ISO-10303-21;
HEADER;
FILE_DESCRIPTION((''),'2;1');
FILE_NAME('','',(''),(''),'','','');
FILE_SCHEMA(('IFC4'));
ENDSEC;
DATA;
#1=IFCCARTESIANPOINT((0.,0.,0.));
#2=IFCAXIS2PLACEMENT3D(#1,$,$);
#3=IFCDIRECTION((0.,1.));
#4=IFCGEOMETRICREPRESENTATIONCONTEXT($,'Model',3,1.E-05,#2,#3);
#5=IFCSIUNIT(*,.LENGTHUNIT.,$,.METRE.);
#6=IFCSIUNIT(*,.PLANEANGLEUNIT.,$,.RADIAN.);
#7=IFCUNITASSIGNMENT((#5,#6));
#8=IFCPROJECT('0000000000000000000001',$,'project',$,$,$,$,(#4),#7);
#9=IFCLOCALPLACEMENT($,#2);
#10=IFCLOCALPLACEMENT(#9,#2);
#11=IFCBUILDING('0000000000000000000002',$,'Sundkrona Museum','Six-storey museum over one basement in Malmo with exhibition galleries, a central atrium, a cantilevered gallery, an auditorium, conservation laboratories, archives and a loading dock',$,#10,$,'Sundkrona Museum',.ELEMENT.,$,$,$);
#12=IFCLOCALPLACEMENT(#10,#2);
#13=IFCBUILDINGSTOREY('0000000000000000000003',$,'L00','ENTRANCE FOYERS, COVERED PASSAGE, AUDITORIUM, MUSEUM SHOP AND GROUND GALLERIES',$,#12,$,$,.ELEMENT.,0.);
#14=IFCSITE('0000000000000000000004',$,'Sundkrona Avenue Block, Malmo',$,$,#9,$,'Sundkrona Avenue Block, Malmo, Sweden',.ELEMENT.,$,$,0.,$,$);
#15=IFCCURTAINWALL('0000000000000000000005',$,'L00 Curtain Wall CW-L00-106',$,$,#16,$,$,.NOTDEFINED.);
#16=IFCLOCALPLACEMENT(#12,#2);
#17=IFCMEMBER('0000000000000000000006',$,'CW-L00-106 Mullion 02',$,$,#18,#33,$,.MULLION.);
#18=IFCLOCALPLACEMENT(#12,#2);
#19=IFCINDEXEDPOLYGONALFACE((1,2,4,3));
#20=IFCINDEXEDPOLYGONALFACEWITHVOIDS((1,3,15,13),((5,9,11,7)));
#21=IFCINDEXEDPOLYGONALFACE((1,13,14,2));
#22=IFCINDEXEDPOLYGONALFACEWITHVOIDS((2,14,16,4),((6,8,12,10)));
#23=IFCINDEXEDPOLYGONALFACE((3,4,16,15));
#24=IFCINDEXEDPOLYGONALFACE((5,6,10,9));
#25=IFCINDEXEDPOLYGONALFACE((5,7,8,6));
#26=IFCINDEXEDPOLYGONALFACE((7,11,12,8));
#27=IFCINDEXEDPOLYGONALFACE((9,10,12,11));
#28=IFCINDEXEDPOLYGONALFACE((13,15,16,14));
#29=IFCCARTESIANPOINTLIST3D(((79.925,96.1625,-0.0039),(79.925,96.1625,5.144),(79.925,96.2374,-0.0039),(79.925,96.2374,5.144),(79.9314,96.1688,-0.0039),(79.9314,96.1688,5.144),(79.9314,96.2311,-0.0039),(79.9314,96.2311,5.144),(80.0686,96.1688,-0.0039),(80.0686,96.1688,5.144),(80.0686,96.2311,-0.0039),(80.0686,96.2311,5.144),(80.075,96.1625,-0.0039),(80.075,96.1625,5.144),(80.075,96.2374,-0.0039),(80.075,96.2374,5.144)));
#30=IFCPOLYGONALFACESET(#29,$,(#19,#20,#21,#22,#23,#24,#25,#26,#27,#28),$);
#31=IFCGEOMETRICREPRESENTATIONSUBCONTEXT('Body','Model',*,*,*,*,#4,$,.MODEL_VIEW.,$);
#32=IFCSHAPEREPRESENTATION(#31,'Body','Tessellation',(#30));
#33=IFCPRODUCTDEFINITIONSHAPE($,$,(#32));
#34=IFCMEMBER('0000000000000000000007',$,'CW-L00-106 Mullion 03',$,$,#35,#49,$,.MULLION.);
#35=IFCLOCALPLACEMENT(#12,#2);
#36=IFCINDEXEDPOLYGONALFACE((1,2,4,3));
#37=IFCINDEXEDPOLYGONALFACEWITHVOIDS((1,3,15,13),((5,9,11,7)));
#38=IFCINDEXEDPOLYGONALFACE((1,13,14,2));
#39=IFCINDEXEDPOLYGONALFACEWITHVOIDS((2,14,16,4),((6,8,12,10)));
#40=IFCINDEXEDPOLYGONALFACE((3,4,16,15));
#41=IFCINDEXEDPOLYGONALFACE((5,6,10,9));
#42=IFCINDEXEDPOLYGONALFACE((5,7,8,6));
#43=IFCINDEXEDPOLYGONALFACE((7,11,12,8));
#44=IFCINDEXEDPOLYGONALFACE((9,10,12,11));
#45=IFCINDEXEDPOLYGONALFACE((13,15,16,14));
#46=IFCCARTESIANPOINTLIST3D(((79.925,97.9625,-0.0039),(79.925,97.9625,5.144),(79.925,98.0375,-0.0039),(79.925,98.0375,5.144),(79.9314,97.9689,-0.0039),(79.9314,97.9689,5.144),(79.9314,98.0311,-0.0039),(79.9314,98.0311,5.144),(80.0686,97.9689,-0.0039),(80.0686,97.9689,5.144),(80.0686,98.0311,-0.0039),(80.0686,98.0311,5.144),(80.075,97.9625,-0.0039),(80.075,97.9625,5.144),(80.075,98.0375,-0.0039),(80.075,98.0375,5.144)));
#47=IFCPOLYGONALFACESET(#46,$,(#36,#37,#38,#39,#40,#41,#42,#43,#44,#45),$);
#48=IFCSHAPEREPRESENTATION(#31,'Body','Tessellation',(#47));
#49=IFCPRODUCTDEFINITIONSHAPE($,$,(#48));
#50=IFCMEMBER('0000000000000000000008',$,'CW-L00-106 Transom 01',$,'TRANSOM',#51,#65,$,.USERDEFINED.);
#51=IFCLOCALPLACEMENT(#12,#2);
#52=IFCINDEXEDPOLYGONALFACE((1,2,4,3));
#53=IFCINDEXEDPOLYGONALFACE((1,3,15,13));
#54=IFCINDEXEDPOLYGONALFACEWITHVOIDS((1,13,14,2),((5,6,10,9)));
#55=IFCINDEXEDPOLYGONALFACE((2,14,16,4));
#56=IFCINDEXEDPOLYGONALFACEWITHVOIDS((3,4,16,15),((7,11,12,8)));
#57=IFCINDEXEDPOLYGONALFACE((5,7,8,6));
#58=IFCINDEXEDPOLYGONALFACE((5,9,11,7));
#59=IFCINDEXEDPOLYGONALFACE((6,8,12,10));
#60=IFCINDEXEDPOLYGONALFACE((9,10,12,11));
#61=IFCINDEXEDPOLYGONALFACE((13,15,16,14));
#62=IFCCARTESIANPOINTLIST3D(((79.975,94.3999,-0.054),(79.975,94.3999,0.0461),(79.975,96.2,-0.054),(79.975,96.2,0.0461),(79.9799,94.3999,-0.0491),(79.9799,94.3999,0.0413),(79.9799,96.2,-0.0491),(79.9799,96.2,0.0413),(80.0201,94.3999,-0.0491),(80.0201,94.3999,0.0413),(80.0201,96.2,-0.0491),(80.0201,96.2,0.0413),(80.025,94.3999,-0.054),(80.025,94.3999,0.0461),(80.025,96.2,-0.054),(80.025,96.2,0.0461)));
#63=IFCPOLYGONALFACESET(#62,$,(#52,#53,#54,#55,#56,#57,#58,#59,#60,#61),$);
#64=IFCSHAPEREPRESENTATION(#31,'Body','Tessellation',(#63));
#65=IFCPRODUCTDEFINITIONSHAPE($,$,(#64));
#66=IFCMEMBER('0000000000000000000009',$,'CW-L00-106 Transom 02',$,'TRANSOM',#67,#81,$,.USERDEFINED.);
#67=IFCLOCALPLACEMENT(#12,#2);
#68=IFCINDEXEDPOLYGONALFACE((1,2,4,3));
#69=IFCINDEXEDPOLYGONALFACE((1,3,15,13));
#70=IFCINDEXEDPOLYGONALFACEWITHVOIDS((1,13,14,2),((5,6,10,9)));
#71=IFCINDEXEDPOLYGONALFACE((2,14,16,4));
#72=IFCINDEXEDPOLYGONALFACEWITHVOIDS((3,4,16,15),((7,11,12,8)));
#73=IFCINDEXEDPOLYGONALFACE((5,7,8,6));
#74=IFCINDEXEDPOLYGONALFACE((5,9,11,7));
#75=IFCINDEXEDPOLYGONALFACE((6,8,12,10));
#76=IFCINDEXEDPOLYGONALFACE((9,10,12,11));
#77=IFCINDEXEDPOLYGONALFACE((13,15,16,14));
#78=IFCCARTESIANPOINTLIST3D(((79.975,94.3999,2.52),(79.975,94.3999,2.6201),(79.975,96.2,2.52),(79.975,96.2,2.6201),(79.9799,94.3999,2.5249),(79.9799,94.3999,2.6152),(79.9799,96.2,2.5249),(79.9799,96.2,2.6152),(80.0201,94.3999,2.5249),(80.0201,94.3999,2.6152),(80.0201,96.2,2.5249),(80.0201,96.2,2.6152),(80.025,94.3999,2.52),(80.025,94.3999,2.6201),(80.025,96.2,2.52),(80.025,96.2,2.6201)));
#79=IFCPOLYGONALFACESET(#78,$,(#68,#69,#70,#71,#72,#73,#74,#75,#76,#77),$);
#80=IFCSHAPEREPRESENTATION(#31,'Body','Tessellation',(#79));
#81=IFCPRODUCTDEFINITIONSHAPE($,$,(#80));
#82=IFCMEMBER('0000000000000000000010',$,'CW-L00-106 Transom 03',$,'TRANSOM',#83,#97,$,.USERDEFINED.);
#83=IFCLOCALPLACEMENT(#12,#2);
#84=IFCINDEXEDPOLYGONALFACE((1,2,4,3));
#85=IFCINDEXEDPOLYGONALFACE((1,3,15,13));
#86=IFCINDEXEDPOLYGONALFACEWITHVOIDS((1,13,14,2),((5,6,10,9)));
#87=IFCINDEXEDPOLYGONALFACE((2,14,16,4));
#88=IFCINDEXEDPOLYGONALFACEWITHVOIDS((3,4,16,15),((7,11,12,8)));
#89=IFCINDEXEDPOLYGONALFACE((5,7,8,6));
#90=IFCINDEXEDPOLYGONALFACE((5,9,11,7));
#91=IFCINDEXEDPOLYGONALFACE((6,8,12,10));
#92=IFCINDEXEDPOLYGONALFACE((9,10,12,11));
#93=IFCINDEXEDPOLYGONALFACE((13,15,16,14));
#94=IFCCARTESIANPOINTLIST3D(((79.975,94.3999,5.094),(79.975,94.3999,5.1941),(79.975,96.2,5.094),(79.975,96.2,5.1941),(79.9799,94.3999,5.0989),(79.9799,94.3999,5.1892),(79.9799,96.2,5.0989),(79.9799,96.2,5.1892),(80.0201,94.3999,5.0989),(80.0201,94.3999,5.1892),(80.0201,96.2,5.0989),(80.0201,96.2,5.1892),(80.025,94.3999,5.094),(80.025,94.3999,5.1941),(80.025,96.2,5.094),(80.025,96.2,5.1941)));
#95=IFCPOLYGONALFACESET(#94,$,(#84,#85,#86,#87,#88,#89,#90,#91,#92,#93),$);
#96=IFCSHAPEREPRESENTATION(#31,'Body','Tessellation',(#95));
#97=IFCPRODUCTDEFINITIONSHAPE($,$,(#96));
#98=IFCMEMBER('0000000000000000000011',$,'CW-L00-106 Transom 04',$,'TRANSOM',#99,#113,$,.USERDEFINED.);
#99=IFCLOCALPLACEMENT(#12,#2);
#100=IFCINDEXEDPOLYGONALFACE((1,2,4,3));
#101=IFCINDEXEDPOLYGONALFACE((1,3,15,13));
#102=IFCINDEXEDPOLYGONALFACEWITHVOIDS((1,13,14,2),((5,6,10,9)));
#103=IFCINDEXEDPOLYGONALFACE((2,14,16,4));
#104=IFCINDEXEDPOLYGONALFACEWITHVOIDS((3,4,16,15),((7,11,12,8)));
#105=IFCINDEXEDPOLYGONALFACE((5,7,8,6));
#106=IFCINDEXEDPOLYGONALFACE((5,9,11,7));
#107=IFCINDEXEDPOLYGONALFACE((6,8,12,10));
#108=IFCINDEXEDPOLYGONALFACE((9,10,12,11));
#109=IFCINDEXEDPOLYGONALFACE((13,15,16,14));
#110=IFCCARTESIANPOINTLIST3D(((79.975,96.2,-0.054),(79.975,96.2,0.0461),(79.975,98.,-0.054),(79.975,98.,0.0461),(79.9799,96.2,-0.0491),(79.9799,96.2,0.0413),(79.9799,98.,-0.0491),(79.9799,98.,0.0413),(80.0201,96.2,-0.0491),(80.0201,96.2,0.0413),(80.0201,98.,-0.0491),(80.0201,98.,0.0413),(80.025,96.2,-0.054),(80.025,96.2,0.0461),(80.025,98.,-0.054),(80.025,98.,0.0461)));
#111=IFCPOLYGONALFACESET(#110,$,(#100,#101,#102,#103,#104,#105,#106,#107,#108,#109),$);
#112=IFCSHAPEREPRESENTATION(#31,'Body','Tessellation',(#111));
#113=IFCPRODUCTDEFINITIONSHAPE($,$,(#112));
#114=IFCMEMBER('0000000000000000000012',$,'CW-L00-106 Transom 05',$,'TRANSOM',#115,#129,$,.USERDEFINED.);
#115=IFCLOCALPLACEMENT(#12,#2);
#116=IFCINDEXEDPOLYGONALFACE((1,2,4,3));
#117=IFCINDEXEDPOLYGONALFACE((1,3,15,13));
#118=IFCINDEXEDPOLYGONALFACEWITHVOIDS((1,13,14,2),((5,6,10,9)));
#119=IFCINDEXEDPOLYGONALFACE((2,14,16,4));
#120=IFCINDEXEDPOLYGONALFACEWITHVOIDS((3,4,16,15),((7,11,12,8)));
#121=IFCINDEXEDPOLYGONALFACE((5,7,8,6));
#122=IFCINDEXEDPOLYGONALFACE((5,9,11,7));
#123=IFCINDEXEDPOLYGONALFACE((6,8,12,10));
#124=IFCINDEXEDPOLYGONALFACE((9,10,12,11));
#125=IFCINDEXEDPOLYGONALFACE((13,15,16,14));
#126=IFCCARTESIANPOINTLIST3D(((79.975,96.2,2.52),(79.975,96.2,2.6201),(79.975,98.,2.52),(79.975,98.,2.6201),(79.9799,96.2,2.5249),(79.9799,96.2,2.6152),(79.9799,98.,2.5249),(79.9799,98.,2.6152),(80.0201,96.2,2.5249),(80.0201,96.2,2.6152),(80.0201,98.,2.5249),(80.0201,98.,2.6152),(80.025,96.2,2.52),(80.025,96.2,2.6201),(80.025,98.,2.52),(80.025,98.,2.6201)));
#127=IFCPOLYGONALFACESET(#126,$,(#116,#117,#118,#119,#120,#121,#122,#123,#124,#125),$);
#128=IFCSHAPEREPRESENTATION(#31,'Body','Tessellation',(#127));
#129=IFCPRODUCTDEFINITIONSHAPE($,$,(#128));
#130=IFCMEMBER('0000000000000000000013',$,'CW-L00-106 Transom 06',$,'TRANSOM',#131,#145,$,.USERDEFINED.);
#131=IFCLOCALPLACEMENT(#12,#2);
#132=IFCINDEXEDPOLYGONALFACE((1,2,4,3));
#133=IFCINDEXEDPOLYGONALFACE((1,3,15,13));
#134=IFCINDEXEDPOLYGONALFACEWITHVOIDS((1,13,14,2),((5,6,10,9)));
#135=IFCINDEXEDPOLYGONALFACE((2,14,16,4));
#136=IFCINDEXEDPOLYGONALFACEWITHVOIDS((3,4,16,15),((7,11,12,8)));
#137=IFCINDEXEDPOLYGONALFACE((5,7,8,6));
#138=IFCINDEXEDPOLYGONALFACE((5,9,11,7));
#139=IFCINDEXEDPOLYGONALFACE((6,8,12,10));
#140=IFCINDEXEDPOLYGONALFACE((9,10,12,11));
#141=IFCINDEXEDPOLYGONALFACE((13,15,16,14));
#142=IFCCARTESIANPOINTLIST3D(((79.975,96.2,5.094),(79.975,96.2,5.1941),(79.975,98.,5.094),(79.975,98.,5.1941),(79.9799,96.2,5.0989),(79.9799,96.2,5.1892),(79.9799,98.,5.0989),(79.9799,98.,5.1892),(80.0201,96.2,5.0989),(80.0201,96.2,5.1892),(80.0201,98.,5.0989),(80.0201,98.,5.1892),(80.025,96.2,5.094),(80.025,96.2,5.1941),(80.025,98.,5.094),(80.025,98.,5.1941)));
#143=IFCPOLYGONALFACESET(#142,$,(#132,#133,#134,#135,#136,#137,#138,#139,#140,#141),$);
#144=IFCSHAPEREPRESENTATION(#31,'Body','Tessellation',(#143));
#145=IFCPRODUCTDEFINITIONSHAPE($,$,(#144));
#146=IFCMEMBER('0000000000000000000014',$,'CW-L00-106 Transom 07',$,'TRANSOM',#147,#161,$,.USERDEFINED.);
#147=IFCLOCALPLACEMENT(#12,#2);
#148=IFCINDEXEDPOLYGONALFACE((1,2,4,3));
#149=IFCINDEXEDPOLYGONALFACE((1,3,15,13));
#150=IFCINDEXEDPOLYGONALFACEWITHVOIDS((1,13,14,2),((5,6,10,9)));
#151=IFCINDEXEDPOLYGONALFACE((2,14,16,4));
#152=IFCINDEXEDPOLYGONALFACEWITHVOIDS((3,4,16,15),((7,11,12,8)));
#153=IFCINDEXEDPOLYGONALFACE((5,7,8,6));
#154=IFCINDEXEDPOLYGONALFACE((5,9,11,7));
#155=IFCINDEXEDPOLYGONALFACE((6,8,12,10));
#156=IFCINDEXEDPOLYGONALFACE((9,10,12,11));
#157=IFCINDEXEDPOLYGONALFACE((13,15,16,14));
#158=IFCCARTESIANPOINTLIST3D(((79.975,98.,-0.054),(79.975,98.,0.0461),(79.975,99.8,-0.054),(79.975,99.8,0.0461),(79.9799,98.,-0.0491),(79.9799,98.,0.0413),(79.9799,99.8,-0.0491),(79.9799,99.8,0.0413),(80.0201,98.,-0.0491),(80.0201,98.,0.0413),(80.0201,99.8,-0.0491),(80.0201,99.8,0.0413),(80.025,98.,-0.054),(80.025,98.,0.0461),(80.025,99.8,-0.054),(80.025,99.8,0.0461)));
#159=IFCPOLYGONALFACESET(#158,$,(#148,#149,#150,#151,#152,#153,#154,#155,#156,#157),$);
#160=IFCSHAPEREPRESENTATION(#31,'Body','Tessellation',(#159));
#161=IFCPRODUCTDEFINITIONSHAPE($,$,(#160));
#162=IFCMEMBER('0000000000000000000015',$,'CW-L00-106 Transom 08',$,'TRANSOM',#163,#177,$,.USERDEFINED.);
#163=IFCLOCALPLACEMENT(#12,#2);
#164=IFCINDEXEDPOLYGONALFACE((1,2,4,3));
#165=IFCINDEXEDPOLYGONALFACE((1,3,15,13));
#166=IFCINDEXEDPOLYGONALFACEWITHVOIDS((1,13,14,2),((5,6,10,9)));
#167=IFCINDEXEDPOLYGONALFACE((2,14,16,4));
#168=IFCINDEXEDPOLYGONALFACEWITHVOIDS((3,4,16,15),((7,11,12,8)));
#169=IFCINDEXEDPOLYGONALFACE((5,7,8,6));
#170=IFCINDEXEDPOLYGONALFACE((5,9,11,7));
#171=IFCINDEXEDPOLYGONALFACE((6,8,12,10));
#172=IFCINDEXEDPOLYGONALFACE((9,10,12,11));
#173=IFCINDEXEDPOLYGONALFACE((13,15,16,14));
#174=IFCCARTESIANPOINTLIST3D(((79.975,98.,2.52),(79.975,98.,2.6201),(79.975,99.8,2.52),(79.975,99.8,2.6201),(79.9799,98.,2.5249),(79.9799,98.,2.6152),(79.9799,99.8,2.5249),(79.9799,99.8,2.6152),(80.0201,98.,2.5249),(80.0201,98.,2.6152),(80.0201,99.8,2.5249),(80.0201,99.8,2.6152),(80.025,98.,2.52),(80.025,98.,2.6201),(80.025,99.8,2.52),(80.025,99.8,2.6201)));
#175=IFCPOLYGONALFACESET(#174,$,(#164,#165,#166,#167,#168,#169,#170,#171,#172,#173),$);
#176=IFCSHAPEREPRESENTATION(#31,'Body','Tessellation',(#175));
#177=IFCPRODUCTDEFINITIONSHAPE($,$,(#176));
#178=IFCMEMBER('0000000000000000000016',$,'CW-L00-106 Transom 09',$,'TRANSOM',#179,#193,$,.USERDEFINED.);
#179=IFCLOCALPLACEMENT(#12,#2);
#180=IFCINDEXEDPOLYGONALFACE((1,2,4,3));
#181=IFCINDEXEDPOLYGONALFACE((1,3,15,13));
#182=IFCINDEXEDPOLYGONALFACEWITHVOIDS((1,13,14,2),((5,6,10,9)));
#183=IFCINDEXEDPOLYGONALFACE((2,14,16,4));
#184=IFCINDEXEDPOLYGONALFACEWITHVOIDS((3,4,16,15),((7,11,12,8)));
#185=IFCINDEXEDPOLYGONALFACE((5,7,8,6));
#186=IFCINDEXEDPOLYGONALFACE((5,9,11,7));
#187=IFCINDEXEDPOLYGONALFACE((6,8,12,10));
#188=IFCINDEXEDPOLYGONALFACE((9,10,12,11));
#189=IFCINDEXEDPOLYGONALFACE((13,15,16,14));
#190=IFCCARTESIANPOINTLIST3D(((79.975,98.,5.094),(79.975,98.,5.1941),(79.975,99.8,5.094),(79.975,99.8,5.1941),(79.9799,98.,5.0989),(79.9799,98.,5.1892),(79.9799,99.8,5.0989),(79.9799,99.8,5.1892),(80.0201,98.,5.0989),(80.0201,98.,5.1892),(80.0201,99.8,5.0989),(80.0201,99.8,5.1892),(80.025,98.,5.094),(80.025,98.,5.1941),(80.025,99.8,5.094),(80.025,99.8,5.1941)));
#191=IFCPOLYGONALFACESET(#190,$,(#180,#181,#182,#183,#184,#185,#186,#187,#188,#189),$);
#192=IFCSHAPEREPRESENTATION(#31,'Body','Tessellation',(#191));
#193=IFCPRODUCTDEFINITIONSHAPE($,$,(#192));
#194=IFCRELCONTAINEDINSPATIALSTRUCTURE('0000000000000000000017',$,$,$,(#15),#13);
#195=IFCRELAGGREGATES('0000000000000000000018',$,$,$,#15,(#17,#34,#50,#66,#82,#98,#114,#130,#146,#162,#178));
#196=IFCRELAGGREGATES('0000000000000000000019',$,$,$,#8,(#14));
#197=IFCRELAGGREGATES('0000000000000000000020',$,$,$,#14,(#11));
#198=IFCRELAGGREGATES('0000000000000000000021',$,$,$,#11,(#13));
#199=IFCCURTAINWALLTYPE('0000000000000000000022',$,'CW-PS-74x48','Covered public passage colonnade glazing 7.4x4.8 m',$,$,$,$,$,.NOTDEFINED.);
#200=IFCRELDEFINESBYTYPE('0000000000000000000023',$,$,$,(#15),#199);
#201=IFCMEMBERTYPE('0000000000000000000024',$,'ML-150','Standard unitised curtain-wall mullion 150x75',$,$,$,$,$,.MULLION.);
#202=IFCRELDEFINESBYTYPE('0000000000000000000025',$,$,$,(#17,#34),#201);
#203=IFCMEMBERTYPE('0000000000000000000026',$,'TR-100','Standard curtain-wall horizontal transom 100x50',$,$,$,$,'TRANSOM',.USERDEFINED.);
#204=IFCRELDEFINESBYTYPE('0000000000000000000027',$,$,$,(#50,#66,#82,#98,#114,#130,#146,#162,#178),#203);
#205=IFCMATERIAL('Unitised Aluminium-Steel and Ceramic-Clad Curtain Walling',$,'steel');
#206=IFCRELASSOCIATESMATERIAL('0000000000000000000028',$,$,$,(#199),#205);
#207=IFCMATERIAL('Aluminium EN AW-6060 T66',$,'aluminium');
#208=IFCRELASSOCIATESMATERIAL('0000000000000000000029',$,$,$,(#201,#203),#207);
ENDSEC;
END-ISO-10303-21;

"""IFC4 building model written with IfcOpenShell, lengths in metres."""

from ifc_helpers import new_model, si_unit, direction, frame, origin, origin_2d, place, context, subcontext, project, spatial, hollow_rectangle, extrude, material, material_profile, profile_set, type_object, element, aggregate, save


model = new_model("IFC4")

# Units and contexts
model_context = context("Model", 3, precision=1e-05, world=origin(), true_north=direction((0.0, 1.0)))
body_context = subcontext(model_context, "Body", "Model", "MODEL_VIEW")
ifc_project = project(units=[si_unit("LENGTHUNIT", "METRE"), si_unit("PLANEANGLEUNIT", "RADIAN")], contexts=[model_context])

# Site, building, storey
site_placement = place(None, origin())
site = spatial("IfcSite", under=ifc_project, at=site_placement, Name="Sundkrona Avenue Block, Malmo", LongName="Sundkrona Avenue Block, Malmo, Sweden", CompositionType="ELEMENT", RefElevation=0.0)
building_placement = place(site_placement, origin())
building = spatial("IfcBuilding", under=site, at=building_placement, Name="Sundkrona Museum", Description="Six-storey museum over one basement in Malmo with exhibition galleries, a central atrium, a cantilevered gallery, an auditorium, conservation laboratories, archives and a loading dock", LongName="Sundkrona Museum", CompositionType="ELEMENT")
storey_placement = place(building_placement, origin())
storey = spatial("IfcBuildingStorey", under=building, at=storey_placement, Name="L00", Description="ENTRANCE FOYERS, COVERED PASSAGE, AUDITORIUM, MUSEUM SHOP AND GROUND GALLERIES", CompositionType="ELEMENT", Elevation=0.0)

# Curtain wall, members
ifc_material_1 = material(Name="Unitised Aluminium-Steel and Ceramic-Clad Curtain Walling", Category="steel")
curtain_wall_type = type_object("IfcCurtainWallType", Name="CW-PS-74x48", Description="Covered public passage colonnade glazing 7.4x4.8 m", PredefinedType="NOTDEFINED", material=ifc_material_1)
curtain_wall_placement = place(storey_placement, origin())
curtain_wall = element("IfcCurtainWall", 1, at=curtain_wall_placement, inside=storey, type_object=curtain_wall_type, Name="L00 Curtain Wall CW-L00-106", PredefinedType="NOTDEFINED")
ifc_material_2 = material(Name="Aluminium EN AW-6060 T66", Category="aluminium")
ifc_material_profile_1 = material_profile(ifc_material_2, hollow_rectangle(XDim=0.075, YDim=0.1499, WallThickness=0.0063, at=origin_2d()), Name="RHS 150x75x6.3")
ifc_profile_set_1 = profile_set([ifc_material_profile_1], Name="Aluminium EN AW-6060 T66")
member_type_1 = type_object("IfcMemberType", Name="ML-150", Description="Standard unitised curtain-wall mullion 150x75", PredefinedType="MULLION", material=ifc_profile_set_1)
member_1_placement = place(storey_placement, frame((80.0, 96.2, -0.0039), z_axis=(0.0, 0.0, 1.0), x_axis=(0.0, 1.0, 0.0)))
member_1 = element("IfcMember", 2, at=member_1_placement, type_object=member_type_1, Name="CW-L00-106 Mullion 02", PredefinedType="MULLION", context=body_context, shape_type="SweptSolid", body=[
    extrude(hollow_rectangle(XDim=0.075, YDim=0.1499, WallThickness=0.0063, at=origin_2d()), origin(), (0.0, 0.0, 1.0), 5.1479),
])
member_2_placement = place(storey_placement, frame((80.0, 98.0, -0.0039), z_axis=(0.0, 0.0, 1.0), x_axis=(0.0, 1.0, 0.0)))
member_2 = element("IfcMember", 3, at=member_2_placement, type_object=member_type_1, Name="CW-L00-106 Mullion 03", PredefinedType="MULLION", context=body_context, shape_type="SweptSolid", body=[
    extrude(hollow_rectangle(XDim=0.075, YDim=0.1499, WallThickness=0.0063, at=origin_2d()), origin(), (0.0, 0.0, 1.0), 5.1479),
])
ifc_material_profile_2 = material_profile(ifc_material_2, hollow_rectangle(XDim=0.05, YDim=0.1001, WallThickness=0.0049, at=origin_2d()), Name="RHS 100x50x5.0")
ifc_profile_set_2 = profile_set([ifc_material_profile_2], Name="Aluminium EN AW-6060 T66")
member_type_2 = type_object("IfcMemberType", Name="TR-100", Description="Standard curtain-wall horizontal transom 100x50", ElementType="TRANSOM", PredefinedType="USERDEFINED", material=ifc_profile_set_2)
member_3_placement = place(storey_placement, frame((80.0, 94.3999, -0.0039), z_axis=(0.0, 1.0, 0.0), x_axis=(-1.0, 0.0, 0.0)))
member_3 = element("IfcMember", 4, at=member_3_placement, type_object=member_type_2, Name="CW-L00-106 Transom 01", ObjectType="TRANSOM", PredefinedType="USERDEFINED", context=body_context, shape_type="SweptSolid", body=[
    extrude(hollow_rectangle(XDim=0.05, YDim=0.1001, WallThickness=0.0049, at=origin_2d()), origin(), (0.0, 0.0, 1.0), 1.8),
])
member_4_placement = place(storey_placement, frame((80.0, 94.3999, 2.5701), z_axis=(0.0, 1.0, 0.0), x_axis=(-1.0, 0.0, 0.0)))
member_4 = element("IfcMember", 5, at=member_4_placement, type_object=member_type_2, Name="CW-L00-106 Transom 02", ObjectType="TRANSOM", PredefinedType="USERDEFINED", context=body_context, shape_type="SweptSolid", body=[
    extrude(hollow_rectangle(XDim=0.05, YDim=0.1001, WallThickness=0.0049, at=origin_2d()), origin(), (0.0, 0.0, 1.0), 1.8),
])
member_5_placement = place(storey_placement, frame((80.0, 94.3999, 5.144), z_axis=(0.0, 1.0, 0.0), x_axis=(-1.0, 0.0, 0.0)))
member_5 = element("IfcMember", 6, at=member_5_placement, type_object=member_type_2, Name="CW-L00-106 Transom 03", ObjectType="TRANSOM", PredefinedType="USERDEFINED", context=body_context, shape_type="SweptSolid", body=[
    extrude(hollow_rectangle(XDim=0.05, YDim=0.1001, WallThickness=0.0049, at=origin_2d()), origin(), (0.0, 0.0, 1.0), 1.8),
])
member_6_placement = place(storey_placement, frame((80.0, 96.2, -0.0039), z_axis=(0.0, 1.0, 0.0), x_axis=(-1.0, 0.0, 0.0)))
member_6 = element("IfcMember", 7, at=member_6_placement, type_object=member_type_2, Name="CW-L00-106 Transom 04", ObjectType="TRANSOM", PredefinedType="USERDEFINED", context=body_context, shape_type="SweptSolid", body=[
    extrude(hollow_rectangle(XDim=0.05, YDim=0.1001, WallThickness=0.0049, at=origin_2d()), origin(), (0.0, 0.0, 1.0), 1.8),
])
member_7_placement = place(storey_placement, frame((80.0, 96.2, 2.5701), z_axis=(0.0, 1.0, 0.0), x_axis=(-1.0, 0.0, 0.0)))
member_7 = element("IfcMember", 8, at=member_7_placement, type_object=member_type_2, Name="CW-L00-106 Transom 05", ObjectType="TRANSOM", PredefinedType="USERDEFINED", context=body_context, shape_type="SweptSolid", body=[
    extrude(hollow_rectangle(XDim=0.05, YDim=0.1001, WallThickness=0.0049, at=origin_2d()), origin(), (0.0, 0.0, 1.0), 1.8),
])
member_8_placement = place(storey_placement, frame((80.0, 96.2, 5.144), z_axis=(0.0, 1.0, 0.0), x_axis=(-1.0, 0.0, 0.0)))
member_8 = element("IfcMember", 9, at=member_8_placement, type_object=member_type_2, Name="CW-L00-106 Transom 06", ObjectType="TRANSOM", PredefinedType="USERDEFINED", context=body_context, shape_type="SweptSolid", body=[
    extrude(hollow_rectangle(XDim=0.05, YDim=0.1001, WallThickness=0.0049, at=origin_2d()), origin(), (0.0, 0.0, 1.0), 1.8),
])
member_9_placement = place(storey_placement, frame((80.0, 98.0, -0.0039), z_axis=(0.0, 1.0, 0.0), x_axis=(-1.0, 0.0, 0.0)))
member_9 = element("IfcMember", 10, at=member_9_placement, type_object=member_type_2, Name="CW-L00-106 Transom 07", ObjectType="TRANSOM", PredefinedType="USERDEFINED", context=body_context, shape_type="SweptSolid", body=[
    extrude(hollow_rectangle(XDim=0.05, YDim=0.1001, WallThickness=0.0049, at=origin_2d()), origin(), (0.0, 0.0, 1.0), 1.8),
])
member_10_placement = place(storey_placement, frame((80.0, 98.0, 2.5701), z_axis=(0.0, 1.0, 0.0), x_axis=(-1.0, 0.0, 0.0)))
member_10 = element("IfcMember", 11, at=member_10_placement, type_object=member_type_2, Name="CW-L00-106 Transom 08", ObjectType="TRANSOM", PredefinedType="USERDEFINED", context=body_context, shape_type="SweptSolid", body=[
    extrude(hollow_rectangle(XDim=0.05, YDim=0.1001, WallThickness=0.0049, at=origin_2d()), origin(), (0.0, 0.0, 1.0), 1.8),
])
member_11_placement = place(storey_placement, frame((80.0, 98.0, 5.144), z_axis=(0.0, 1.0, 0.0), x_axis=(-1.0, 0.0, 0.0)))
member_11 = element("IfcMember", 12, at=member_11_placement, type_object=member_type_2, Name="CW-L00-106 Transom 09", ObjectType="TRANSOM", PredefinedType="USERDEFINED", context=body_context, shape_type="SweptSolid", body=[
    extrude(hollow_rectangle(XDim=0.05, YDim=0.1001, WallThickness=0.0049, at=origin_2d()), origin(), (0.0, 0.0, 1.0), 1.8),
])
aggregate(curtain_wall, [member_1, member_2, member_3, member_4, member_5, member_6, member_7, member_8, member_9, member_10, member_11])

save(model, "model.ifc")
